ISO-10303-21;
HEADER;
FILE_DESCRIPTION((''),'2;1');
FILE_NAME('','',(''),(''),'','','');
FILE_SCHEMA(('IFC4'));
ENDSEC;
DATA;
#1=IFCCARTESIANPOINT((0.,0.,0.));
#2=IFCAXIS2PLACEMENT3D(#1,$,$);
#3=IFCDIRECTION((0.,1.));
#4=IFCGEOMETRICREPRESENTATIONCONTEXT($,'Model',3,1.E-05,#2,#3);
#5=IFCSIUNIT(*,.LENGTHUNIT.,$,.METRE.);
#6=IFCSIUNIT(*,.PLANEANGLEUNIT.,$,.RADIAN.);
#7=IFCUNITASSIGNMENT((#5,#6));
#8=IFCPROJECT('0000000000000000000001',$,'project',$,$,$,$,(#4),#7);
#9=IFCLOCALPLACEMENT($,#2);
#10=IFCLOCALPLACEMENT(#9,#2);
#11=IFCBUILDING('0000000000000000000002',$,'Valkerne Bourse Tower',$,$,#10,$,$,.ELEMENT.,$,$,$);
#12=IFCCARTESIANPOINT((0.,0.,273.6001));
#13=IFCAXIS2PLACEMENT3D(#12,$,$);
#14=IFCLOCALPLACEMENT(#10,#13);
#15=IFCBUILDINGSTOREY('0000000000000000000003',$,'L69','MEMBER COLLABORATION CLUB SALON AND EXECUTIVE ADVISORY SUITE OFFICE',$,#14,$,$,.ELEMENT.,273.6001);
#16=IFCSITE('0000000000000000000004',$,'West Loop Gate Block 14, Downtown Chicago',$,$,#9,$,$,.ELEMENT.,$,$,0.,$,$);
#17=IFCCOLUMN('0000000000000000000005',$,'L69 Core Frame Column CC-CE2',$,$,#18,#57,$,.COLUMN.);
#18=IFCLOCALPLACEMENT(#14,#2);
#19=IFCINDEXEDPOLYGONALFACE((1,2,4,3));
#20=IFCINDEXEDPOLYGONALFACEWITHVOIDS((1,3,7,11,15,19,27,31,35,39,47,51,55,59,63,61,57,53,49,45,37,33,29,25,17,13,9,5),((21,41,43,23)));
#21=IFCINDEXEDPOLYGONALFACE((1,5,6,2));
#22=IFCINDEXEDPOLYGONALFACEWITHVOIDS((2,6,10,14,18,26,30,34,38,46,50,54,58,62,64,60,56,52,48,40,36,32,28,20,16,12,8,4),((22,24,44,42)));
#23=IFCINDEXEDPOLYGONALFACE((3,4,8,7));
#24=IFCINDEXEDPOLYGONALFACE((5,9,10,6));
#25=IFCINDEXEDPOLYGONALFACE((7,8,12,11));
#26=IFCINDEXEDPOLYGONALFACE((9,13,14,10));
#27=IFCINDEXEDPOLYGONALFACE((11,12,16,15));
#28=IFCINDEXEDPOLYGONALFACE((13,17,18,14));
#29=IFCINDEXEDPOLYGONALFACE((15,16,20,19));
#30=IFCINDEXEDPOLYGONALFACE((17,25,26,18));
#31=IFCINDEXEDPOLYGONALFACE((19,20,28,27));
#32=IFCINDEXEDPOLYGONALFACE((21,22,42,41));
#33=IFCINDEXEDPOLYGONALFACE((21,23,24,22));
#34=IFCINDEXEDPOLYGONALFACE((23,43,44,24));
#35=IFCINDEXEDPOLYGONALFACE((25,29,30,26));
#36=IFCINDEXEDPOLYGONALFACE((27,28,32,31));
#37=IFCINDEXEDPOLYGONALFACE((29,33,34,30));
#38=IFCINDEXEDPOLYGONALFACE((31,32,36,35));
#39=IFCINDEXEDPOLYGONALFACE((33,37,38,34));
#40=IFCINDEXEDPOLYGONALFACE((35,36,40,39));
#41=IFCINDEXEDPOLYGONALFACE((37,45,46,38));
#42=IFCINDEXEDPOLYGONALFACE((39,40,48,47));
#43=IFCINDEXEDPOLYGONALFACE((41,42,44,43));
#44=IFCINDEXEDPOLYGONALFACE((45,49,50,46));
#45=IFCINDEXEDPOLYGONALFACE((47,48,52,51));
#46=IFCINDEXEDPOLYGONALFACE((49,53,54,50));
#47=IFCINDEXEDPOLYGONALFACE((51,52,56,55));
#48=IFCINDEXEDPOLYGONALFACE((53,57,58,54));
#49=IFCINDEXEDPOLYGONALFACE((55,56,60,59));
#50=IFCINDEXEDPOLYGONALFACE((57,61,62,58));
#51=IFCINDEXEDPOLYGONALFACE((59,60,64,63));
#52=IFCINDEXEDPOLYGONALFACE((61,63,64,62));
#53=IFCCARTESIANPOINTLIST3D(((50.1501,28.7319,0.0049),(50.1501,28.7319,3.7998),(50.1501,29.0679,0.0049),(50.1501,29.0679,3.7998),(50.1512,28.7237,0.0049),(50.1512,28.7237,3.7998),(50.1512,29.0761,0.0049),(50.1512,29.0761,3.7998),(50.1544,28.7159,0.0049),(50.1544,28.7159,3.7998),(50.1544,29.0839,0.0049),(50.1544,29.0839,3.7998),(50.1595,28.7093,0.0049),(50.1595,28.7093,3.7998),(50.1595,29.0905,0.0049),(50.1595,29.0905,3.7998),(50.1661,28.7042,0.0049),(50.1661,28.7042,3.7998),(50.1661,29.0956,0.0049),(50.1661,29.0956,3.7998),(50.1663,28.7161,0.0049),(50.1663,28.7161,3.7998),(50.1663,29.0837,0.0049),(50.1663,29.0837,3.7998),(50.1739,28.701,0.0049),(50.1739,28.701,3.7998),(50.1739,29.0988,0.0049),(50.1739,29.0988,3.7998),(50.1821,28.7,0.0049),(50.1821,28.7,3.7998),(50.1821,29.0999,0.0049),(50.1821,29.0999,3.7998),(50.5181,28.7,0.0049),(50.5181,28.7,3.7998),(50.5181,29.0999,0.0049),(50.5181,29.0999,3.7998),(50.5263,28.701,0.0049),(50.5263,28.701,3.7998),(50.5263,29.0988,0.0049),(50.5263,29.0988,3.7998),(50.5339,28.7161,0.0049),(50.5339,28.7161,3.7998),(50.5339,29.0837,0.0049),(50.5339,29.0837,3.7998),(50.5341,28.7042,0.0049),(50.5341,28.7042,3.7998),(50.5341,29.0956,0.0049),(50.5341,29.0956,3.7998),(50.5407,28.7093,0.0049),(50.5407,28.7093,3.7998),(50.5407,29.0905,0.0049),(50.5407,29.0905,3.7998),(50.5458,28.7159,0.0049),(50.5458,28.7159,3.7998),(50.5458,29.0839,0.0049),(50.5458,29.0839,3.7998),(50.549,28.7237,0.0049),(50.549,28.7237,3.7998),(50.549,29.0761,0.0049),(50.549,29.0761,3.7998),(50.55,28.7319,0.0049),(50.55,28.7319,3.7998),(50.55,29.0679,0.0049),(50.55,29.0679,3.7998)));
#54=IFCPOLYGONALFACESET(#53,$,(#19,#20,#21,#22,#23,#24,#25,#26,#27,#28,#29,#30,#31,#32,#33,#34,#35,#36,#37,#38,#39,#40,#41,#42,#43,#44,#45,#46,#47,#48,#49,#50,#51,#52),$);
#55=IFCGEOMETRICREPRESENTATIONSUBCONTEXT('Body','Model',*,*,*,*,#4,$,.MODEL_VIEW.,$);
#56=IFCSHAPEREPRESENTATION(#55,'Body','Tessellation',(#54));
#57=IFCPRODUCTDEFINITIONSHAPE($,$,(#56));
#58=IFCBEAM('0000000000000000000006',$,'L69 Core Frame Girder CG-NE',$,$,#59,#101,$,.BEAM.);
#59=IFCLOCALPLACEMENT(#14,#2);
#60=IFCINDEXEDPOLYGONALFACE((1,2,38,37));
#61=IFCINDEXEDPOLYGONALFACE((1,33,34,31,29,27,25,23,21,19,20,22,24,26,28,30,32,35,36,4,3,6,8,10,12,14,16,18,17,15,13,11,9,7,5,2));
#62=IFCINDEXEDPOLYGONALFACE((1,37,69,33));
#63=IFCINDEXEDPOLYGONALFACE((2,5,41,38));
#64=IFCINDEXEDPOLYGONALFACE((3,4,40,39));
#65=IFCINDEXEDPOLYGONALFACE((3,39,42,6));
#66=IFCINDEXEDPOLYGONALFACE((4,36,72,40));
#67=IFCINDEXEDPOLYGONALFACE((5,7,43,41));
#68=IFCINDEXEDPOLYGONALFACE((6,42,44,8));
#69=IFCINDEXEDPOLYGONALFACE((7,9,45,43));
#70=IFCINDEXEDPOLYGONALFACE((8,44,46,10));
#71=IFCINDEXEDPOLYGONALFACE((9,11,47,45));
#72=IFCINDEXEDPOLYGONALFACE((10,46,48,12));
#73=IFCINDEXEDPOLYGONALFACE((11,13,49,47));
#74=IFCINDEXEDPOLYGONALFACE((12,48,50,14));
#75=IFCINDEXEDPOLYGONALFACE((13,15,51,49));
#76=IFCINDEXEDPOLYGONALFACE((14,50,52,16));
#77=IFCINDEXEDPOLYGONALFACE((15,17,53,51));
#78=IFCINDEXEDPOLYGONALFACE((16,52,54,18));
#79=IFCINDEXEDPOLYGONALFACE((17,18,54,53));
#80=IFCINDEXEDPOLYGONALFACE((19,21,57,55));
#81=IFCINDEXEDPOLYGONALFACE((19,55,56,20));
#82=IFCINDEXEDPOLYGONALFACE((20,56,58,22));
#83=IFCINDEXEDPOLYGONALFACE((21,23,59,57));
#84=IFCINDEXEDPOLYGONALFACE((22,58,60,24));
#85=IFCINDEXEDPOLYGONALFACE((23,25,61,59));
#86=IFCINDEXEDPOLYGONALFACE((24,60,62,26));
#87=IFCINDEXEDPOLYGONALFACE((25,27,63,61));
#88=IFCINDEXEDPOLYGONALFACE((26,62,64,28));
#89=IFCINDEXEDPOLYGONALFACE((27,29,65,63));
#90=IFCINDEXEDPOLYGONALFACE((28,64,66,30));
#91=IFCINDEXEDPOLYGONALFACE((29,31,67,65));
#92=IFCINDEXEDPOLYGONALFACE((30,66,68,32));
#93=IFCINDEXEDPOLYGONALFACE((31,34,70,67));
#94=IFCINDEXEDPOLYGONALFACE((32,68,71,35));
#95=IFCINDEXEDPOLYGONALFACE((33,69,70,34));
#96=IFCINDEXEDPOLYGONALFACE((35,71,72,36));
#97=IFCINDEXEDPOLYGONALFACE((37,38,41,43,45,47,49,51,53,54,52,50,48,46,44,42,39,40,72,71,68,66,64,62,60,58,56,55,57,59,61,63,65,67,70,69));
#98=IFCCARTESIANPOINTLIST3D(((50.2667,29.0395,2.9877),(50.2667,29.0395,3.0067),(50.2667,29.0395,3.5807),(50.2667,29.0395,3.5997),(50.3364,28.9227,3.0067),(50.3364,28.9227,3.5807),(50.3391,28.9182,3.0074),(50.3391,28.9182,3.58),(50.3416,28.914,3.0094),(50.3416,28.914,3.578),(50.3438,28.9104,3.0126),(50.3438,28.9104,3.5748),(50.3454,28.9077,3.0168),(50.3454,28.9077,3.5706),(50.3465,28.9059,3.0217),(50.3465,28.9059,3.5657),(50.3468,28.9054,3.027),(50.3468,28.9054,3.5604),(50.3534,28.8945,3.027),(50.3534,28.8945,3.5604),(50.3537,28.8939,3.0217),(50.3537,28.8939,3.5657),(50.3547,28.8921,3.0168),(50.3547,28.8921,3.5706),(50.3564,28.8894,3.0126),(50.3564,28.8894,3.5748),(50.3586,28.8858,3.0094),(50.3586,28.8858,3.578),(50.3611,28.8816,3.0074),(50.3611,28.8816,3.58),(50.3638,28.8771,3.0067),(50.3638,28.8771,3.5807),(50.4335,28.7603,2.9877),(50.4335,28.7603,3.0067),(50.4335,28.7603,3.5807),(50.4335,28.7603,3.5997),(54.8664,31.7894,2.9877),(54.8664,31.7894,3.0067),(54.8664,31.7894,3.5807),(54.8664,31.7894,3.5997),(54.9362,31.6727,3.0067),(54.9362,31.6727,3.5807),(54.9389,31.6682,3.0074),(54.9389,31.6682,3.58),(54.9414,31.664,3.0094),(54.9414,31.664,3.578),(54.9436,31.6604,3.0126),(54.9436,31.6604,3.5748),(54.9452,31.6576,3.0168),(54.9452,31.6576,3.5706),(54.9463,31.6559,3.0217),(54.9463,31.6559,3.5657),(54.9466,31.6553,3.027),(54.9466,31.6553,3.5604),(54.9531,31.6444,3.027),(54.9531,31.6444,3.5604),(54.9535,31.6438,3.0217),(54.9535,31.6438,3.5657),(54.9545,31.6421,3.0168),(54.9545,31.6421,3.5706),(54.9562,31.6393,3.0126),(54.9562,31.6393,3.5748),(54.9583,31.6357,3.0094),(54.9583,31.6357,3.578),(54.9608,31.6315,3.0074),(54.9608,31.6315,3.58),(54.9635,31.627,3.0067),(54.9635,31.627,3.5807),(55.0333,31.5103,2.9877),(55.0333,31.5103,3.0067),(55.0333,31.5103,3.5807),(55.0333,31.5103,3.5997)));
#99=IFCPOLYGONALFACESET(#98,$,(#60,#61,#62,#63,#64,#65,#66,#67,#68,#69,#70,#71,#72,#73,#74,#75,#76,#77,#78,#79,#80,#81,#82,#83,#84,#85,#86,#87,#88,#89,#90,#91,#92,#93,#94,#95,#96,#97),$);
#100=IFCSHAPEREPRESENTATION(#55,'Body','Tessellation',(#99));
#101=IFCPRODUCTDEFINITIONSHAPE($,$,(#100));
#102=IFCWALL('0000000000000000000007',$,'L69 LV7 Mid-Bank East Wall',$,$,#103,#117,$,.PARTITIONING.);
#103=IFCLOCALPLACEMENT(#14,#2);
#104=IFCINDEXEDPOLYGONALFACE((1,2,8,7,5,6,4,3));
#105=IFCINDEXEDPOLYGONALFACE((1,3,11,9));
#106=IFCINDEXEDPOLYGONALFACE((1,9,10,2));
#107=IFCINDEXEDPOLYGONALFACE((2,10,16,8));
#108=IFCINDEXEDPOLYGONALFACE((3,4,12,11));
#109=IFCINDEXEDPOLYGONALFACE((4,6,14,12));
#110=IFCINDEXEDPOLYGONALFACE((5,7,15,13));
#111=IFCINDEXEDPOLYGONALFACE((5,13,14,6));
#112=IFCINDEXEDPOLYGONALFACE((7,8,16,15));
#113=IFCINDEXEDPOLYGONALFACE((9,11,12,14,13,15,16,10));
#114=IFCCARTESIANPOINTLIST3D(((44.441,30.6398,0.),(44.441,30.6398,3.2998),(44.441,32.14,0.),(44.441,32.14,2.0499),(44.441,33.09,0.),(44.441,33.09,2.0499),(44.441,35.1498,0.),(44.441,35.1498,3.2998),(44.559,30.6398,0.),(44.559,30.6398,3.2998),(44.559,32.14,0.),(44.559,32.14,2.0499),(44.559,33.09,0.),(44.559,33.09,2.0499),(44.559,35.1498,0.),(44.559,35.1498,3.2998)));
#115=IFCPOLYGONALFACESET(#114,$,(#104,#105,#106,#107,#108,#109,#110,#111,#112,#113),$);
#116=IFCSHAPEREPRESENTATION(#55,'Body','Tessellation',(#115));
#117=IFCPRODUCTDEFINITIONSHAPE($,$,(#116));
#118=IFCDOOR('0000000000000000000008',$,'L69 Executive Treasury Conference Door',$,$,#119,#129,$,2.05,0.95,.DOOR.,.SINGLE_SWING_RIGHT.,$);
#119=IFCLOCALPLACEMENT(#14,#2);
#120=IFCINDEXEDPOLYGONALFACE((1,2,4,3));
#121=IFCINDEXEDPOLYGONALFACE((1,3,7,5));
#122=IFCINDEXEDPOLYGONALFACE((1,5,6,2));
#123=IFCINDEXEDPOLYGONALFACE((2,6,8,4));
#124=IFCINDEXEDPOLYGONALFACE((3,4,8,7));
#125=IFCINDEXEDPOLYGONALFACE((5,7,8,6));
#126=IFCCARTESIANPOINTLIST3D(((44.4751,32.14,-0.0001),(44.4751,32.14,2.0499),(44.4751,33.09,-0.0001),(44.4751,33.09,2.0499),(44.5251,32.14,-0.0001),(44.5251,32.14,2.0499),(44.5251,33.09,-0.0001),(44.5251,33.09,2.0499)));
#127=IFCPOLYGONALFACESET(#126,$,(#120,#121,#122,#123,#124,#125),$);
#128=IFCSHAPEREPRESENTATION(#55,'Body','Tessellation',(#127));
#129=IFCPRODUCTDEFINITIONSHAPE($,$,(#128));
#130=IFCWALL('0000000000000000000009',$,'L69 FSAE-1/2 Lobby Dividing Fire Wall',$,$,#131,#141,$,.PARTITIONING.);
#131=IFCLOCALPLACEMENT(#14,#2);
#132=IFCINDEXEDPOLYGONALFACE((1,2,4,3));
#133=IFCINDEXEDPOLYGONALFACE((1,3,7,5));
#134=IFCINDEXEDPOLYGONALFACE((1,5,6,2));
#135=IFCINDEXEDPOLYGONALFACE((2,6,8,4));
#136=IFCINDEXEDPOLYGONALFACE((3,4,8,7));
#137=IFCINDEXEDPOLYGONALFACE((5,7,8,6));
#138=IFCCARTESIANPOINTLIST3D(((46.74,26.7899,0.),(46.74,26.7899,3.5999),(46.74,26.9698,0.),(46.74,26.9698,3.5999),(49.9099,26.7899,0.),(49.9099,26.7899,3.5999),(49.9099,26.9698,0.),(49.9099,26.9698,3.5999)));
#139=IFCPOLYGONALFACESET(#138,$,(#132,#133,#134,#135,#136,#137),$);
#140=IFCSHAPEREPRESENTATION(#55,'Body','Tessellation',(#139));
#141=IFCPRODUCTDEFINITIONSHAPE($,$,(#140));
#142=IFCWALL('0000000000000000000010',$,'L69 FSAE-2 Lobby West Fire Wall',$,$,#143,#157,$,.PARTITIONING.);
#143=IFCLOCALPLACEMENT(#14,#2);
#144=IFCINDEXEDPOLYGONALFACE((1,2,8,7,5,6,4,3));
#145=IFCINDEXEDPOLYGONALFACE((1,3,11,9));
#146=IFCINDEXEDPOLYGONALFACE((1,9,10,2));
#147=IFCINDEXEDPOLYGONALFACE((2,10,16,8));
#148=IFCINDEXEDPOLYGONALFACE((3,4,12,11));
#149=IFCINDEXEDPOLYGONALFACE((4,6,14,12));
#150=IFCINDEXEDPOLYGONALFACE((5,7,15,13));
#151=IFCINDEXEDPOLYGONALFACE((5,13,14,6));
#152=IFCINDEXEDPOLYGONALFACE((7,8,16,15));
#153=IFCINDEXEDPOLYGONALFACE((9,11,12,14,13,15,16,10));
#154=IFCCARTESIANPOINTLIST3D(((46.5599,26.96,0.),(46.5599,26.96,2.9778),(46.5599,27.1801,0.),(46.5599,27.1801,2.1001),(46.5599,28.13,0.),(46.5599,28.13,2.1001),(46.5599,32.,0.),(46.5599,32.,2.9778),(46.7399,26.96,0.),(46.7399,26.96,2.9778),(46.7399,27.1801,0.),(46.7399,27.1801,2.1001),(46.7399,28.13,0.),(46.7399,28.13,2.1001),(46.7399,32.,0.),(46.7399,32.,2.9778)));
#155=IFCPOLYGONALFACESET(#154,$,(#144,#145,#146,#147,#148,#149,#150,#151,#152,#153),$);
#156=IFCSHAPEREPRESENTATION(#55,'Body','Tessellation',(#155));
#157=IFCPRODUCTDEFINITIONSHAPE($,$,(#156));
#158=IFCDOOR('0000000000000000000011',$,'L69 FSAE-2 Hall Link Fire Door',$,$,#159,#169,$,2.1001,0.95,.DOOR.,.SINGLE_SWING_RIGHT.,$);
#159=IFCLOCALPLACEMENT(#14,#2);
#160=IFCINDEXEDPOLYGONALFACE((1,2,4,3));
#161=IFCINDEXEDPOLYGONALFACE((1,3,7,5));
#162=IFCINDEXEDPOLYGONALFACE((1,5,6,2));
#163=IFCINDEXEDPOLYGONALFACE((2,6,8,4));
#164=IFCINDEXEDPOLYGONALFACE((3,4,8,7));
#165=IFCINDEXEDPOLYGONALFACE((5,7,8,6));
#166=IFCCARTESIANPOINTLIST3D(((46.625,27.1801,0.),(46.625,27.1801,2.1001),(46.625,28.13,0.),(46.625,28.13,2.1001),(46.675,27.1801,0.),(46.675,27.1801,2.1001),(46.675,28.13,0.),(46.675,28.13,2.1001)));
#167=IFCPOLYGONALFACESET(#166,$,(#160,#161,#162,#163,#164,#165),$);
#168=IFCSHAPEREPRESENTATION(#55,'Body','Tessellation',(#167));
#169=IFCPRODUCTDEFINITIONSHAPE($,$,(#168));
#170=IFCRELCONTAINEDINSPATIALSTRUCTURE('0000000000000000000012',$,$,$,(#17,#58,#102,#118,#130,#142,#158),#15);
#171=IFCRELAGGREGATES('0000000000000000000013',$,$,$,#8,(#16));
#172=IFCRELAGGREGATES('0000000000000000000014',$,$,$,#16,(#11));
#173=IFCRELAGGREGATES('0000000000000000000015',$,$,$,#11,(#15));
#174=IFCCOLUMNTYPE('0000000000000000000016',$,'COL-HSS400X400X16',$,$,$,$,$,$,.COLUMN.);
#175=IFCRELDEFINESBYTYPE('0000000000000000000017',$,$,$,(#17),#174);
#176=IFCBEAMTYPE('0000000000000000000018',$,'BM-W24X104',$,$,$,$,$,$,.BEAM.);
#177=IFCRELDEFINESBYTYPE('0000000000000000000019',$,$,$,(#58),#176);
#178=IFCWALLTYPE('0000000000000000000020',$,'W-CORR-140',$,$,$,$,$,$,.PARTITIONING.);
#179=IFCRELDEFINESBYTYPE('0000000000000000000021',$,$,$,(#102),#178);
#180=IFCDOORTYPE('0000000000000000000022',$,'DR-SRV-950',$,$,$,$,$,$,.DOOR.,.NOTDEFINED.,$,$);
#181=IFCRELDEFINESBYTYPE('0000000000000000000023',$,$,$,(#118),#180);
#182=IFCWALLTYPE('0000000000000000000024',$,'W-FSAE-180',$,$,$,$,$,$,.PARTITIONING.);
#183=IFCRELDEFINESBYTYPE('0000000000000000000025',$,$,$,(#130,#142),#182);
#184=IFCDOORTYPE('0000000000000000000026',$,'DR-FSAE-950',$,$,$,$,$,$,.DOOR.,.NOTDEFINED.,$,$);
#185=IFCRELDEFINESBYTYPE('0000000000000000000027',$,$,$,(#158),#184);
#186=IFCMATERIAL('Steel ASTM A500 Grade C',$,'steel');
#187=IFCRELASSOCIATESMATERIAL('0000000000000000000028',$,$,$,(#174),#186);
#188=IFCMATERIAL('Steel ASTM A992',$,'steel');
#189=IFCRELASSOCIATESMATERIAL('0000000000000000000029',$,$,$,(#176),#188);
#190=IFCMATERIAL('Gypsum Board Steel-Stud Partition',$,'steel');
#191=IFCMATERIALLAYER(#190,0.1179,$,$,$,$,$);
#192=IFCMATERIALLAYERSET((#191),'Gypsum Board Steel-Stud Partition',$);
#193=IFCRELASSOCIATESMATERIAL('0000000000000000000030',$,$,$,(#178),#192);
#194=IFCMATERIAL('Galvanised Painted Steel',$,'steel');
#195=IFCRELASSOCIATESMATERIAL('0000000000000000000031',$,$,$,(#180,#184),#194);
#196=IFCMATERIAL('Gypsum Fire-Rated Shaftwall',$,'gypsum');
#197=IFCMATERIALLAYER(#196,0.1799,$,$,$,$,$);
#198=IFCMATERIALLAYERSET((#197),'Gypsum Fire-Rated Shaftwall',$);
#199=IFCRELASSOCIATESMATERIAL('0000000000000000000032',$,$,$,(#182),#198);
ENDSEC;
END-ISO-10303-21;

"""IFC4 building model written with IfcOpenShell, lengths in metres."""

from ifc_helpers import new_model, si_unit, direction, frame, frame_2d, origin, origin_2d, place, context, subcontext, project, spatial, rectangle, hollow_rectangle, i_section, extrude, material, layer, layer_set, material_profile, profile_set, type_object, element, fill, save


model = new_model("IFC4")

# Units and contexts
model_context = context("Model", 3, precision=1e-05, world=origin(), true_north=direction((0.0, 1.0)))
body_context = subcontext(model_context, "Body", "Model", "MODEL_VIEW")
ifc_project = project(units=[si_unit("LENGTHUNIT", "METRE"), si_unit("PLANEANGLEUNIT", "RADIAN")], contexts=[model_context])

# Site, building, storey
site_placement = place(None, origin())
site = spatial("IfcSite", under=ifc_project, at=site_placement, Name="West Loop Gate Block 14, Downtown Chicago", CompositionType="ELEMENT", RefElevation=0.0)
building_placement = place(site_placement, origin())
building = spatial("IfcBuilding", under=site, at=building_placement, Name="Valkerne Bourse Tower", CompositionType="ELEMENT")
storey_placement = place(building_placement, frame((0.0, 0.0, 273.6001)))
storey = spatial("IfcBuildingStorey", under=building, at=storey_placement, Name="L69", Description="MEMBER COLLABORATION CLUB SALON AND EXECUTIVE ADVISORY SUITE OFFICE", CompositionType="ELEMENT", Elevation=273.6001)

# Column
ifc_material_1 = material(Name="Steel ASTM A500 Grade C", Category="steel")
ifc_material_profile_1 = material_profile(ifc_material_1, hollow_rectangle(XDim=0.3999, YDim=0.3999, WallThickness=0.0161, OuterFilletRadius=0.032, at=origin_2d()), Name="HSS400X400X16")
ifc_profile_set_1 = profile_set([ifc_material_profile_1], Name="Steel ASTM A500 Grade C")
column_type = type_object("IfcColumnType", Name="COL-HSS400X400X16", PredefinedType="COLUMN", material=ifc_profile_set_1)
column_placement = place(storey_placement, frame((50.3501, 28.8999, 0.0049), z_axis=(0.0, 0.0, 1.0), x_axis=(1.0, 0.0, 0.0)))
element("IfcColumn", 1, at=column_placement, inside=storey, type_object=column_type, Name="L69 Core Frame Column CC-CE2", PredefinedType="COLUMN", context=body_context, shape_type="SweptSolid", body=[
    extrude(hollow_rectangle(XDim=0.3999, YDim=0.3999, WallThickness=0.0161, OuterFilletRadius=0.032, at=origin_2d()), origin(), (0.0, 0.0, 1.0), 3.7949),
])

# Beam
ifc_material_2 = material(Name="Steel ASTM A992", Category="steel")
ifc_material_profile_2 = material_profile(ifc_material_2, i_section(OverallWidth=0.3252, OverallDepth=0.6121, WebThickness=0.0127, FlangeThickness=0.019, FilletRadius=0.0203, at=origin_2d()), Name="W24X104")
ifc_profile_set_2 = profile_set([ifc_material_profile_2], Name="Steel ASTM A992")
beam_type = type_object("IfcBeamType", Name="BM-W24X104", PredefinedType="BEAM", material=ifc_profile_set_2)
beam_placement = place(storey_placement, frame((50.3501, 28.8999, 3.2937), z_axis=(0.858308, 0.513135, 0.0), x_axis=(-0.513135, 0.858308, 0.0)))
element("IfcBeam", 2, at=beam_placement, inside=storey, type_object=beam_type, Name="L69 Core Frame Girder CG-NE", PredefinedType="BEAM", context=body_context, shape_type="SweptSolid", body=[
    extrude(i_section(OverallWidth=0.3252, OverallDepth=0.6121, WebThickness=0.0127, FlangeThickness=0.019, FilletRadius=0.0203, at=origin_2d()), origin(), (0.0, 0.0, 1.0), 5.3591),
])

# Wall, opening, door
ifc_material_3 = material(Name="Gypsum Board Steel-Stud Partition", Category="steel")
ifc_layer_1 = layer(ifc_material_3, 0.1179)
ifc_layer_set_1 = layer_set([ifc_layer_1], Name="Gypsum Board Steel-Stud Partition")
wall_type_1 = type_object("IfcWallType", Name="W-CORR-140", PredefinedType="PARTITIONING", material=ifc_layer_set_1)
wall_1_placement = place(storey_placement, frame((44.5, 30.6399, 0.0), z_axis=(0.0, 0.0, 1.0), x_axis=(0.0, 1.0, 0.0)))
wall_1 = element("IfcWall", 3, at=wall_1_placement, inside=storey, type_object=wall_type_1, Name="L69 LV7 Mid-Bank East Wall", PredefinedType="PARTITIONING", context=body_context, shape_type="SweptSolid", body=[
    extrude(rectangle(XDim=4.51, YDim=0.1179, at=frame_2d((2.2549, 0.0))), origin(), (0.0, 0.0, 1.0), 3.2998),
])
opening_1_placement = place(wall_1_placement, frame((1.5, 0.0, 0.0)))
opening_1 = element("IfcOpeningElement", 4, at=opening_1_placement, cuts=wall_1, PredefinedType="OPENING", context=body_context, shape_type="SweptSolid", body=[
    extrude(rectangle(XDim=0.95, YDim=2.05, at=frame_2d((0.4751, 1.0249))), frame((0.0, 0.0688, 0.0), z_axis=(0.0, -1.0, 0.0), x_axis=(1.0, 0.0, 0.0)), (0.0, 0.0, 1.0), 0.1379),
])
ifc_material_4 = material(Name="Galvanised Painted Steel", Category="steel")
door_type_1 = type_object("IfcDoorType", Name="DR-SRV-950", OperationType="NOTDEFINED", PredefinedType="DOOR", material=ifc_material_4)
door_1_placement = place(opening_1_placement, origin())
door_1 = element("IfcDoor", 5, at=door_1_placement, inside=storey, type_object=door_type_1, Name="L69 Executive Treasury Conference Door", OperationType="SINGLE_SWING_RIGHT", OverallHeight=2.05, OverallWidth=0.95, PredefinedType="DOOR", context=body_context, shape_type="SweptSolid", body=[
    extrude(rectangle(XDim=0.95, YDim=2.05, at=frame_2d((0.4751, 1.0249))), frame((0.0, 0.0249, 0.0), z_axis=(0.0, -1.0, 0.0), x_axis=(1.0, 0.0, 0.0)), (0.0, 0.0, 1.0), 0.05),
])
fill(opening_1, door_1)

# Wall
ifc_material_5 = material(Name="Gypsum Fire-Rated Shaftwall", Category="gypsum")
ifc_layer_2 = layer(ifc_material_5, 0.1799)
ifc_layer_set_2 = layer_set([ifc_layer_2], Name="Gypsum Fire-Rated Shaftwall")
wall_type_2 = type_object("IfcWallType", Name="W-FSAE-180", PredefinedType="PARTITIONING", material=ifc_layer_set_2)
wall_2_placement = place(storey_placement, frame((46.74, 26.8799, 0.0), z_axis=(0.0, 0.0, 1.0), x_axis=(1.0, 0.0, 0.0)))
element("IfcWall", 6, at=wall_2_placement, inside=storey, type_object=wall_type_2, Name="L69 FSAE-1/2 Lobby Dividing Fire Wall", PredefinedType="PARTITIONING", context=body_context, shape_type="SweptSolid", body=[
    extrude(rectangle(XDim=3.1699, YDim=0.1799, at=frame_2d((1.585, 0.0))), origin(), (0.0, 0.0, 1.0), 3.5999),
])

# Wall, opening, door
wall_3_placement = place(storey_placement, frame((46.6499, 26.96, 0.0), z_axis=(0.0, 0.0, 1.0), x_axis=(0.0, 1.0, 0.0)))
wall_3 = element("IfcWall", 7, at=wall_3_placement, inside=storey, type_object=wall_type_2, Name="L69 FSAE-2 Lobby West Fire Wall", PredefinedType="PARTITIONING", context=body_context, shape_type="SweptSolid", body=[
    extrude(rectangle(XDim=5.04, YDim=0.1799, at=frame_2d((2.52, 0.0))), origin(), (0.0, 0.0, 1.0), 2.9778),
])
opening_2_placement = place(wall_3_placement, frame((0.22, 0.0, 0.0)))
opening_2 = element("IfcOpeningElement", 8, at=opening_2_placement, cuts=wall_3, PredefinedType="OPENING", context=body_context, shape_type="SweptSolid", body=[
    extrude(rectangle(XDim=0.95, YDim=2.1001, at=frame_2d((0.4751, 1.05))), frame((0.0, 0.0999, 0.0), z_axis=(0.0, -1.0, 0.0), x_axis=(1.0, 0.0, 0.0)), (0.0, 0.0, 1.0), 0.2),
])
door_type_2 = type_object("IfcDoorType", Name="DR-FSAE-950", OperationType="NOTDEFINED", PredefinedType="DOOR", material=ifc_material_4)
door_2_placement = place(opening_2_placement, origin())
door_2 = element("IfcDoor", 9, at=door_2_placement, inside=storey, type_object=door_type_2, Name="L69 FSAE-2 Hall Link Fire Door", OperationType="SINGLE_SWING_RIGHT", OverallHeight=2.1001, OverallWidth=0.95, PredefinedType="DOOR", context=body_context, shape_type="SweptSolid", body=[
    extrude(rectangle(XDim=0.95, YDim=2.1001, at=frame_2d((0.4751, 1.05))), frame((0.0, 0.0249, 0.0), z_axis=(0.0, -1.0, 0.0), x_axis=(1.0, 0.0, 0.0)), (0.0, 0.0, 1.0), 0.05),
])
fill(opening_2, door_2)

save(model, "model.ifc")
